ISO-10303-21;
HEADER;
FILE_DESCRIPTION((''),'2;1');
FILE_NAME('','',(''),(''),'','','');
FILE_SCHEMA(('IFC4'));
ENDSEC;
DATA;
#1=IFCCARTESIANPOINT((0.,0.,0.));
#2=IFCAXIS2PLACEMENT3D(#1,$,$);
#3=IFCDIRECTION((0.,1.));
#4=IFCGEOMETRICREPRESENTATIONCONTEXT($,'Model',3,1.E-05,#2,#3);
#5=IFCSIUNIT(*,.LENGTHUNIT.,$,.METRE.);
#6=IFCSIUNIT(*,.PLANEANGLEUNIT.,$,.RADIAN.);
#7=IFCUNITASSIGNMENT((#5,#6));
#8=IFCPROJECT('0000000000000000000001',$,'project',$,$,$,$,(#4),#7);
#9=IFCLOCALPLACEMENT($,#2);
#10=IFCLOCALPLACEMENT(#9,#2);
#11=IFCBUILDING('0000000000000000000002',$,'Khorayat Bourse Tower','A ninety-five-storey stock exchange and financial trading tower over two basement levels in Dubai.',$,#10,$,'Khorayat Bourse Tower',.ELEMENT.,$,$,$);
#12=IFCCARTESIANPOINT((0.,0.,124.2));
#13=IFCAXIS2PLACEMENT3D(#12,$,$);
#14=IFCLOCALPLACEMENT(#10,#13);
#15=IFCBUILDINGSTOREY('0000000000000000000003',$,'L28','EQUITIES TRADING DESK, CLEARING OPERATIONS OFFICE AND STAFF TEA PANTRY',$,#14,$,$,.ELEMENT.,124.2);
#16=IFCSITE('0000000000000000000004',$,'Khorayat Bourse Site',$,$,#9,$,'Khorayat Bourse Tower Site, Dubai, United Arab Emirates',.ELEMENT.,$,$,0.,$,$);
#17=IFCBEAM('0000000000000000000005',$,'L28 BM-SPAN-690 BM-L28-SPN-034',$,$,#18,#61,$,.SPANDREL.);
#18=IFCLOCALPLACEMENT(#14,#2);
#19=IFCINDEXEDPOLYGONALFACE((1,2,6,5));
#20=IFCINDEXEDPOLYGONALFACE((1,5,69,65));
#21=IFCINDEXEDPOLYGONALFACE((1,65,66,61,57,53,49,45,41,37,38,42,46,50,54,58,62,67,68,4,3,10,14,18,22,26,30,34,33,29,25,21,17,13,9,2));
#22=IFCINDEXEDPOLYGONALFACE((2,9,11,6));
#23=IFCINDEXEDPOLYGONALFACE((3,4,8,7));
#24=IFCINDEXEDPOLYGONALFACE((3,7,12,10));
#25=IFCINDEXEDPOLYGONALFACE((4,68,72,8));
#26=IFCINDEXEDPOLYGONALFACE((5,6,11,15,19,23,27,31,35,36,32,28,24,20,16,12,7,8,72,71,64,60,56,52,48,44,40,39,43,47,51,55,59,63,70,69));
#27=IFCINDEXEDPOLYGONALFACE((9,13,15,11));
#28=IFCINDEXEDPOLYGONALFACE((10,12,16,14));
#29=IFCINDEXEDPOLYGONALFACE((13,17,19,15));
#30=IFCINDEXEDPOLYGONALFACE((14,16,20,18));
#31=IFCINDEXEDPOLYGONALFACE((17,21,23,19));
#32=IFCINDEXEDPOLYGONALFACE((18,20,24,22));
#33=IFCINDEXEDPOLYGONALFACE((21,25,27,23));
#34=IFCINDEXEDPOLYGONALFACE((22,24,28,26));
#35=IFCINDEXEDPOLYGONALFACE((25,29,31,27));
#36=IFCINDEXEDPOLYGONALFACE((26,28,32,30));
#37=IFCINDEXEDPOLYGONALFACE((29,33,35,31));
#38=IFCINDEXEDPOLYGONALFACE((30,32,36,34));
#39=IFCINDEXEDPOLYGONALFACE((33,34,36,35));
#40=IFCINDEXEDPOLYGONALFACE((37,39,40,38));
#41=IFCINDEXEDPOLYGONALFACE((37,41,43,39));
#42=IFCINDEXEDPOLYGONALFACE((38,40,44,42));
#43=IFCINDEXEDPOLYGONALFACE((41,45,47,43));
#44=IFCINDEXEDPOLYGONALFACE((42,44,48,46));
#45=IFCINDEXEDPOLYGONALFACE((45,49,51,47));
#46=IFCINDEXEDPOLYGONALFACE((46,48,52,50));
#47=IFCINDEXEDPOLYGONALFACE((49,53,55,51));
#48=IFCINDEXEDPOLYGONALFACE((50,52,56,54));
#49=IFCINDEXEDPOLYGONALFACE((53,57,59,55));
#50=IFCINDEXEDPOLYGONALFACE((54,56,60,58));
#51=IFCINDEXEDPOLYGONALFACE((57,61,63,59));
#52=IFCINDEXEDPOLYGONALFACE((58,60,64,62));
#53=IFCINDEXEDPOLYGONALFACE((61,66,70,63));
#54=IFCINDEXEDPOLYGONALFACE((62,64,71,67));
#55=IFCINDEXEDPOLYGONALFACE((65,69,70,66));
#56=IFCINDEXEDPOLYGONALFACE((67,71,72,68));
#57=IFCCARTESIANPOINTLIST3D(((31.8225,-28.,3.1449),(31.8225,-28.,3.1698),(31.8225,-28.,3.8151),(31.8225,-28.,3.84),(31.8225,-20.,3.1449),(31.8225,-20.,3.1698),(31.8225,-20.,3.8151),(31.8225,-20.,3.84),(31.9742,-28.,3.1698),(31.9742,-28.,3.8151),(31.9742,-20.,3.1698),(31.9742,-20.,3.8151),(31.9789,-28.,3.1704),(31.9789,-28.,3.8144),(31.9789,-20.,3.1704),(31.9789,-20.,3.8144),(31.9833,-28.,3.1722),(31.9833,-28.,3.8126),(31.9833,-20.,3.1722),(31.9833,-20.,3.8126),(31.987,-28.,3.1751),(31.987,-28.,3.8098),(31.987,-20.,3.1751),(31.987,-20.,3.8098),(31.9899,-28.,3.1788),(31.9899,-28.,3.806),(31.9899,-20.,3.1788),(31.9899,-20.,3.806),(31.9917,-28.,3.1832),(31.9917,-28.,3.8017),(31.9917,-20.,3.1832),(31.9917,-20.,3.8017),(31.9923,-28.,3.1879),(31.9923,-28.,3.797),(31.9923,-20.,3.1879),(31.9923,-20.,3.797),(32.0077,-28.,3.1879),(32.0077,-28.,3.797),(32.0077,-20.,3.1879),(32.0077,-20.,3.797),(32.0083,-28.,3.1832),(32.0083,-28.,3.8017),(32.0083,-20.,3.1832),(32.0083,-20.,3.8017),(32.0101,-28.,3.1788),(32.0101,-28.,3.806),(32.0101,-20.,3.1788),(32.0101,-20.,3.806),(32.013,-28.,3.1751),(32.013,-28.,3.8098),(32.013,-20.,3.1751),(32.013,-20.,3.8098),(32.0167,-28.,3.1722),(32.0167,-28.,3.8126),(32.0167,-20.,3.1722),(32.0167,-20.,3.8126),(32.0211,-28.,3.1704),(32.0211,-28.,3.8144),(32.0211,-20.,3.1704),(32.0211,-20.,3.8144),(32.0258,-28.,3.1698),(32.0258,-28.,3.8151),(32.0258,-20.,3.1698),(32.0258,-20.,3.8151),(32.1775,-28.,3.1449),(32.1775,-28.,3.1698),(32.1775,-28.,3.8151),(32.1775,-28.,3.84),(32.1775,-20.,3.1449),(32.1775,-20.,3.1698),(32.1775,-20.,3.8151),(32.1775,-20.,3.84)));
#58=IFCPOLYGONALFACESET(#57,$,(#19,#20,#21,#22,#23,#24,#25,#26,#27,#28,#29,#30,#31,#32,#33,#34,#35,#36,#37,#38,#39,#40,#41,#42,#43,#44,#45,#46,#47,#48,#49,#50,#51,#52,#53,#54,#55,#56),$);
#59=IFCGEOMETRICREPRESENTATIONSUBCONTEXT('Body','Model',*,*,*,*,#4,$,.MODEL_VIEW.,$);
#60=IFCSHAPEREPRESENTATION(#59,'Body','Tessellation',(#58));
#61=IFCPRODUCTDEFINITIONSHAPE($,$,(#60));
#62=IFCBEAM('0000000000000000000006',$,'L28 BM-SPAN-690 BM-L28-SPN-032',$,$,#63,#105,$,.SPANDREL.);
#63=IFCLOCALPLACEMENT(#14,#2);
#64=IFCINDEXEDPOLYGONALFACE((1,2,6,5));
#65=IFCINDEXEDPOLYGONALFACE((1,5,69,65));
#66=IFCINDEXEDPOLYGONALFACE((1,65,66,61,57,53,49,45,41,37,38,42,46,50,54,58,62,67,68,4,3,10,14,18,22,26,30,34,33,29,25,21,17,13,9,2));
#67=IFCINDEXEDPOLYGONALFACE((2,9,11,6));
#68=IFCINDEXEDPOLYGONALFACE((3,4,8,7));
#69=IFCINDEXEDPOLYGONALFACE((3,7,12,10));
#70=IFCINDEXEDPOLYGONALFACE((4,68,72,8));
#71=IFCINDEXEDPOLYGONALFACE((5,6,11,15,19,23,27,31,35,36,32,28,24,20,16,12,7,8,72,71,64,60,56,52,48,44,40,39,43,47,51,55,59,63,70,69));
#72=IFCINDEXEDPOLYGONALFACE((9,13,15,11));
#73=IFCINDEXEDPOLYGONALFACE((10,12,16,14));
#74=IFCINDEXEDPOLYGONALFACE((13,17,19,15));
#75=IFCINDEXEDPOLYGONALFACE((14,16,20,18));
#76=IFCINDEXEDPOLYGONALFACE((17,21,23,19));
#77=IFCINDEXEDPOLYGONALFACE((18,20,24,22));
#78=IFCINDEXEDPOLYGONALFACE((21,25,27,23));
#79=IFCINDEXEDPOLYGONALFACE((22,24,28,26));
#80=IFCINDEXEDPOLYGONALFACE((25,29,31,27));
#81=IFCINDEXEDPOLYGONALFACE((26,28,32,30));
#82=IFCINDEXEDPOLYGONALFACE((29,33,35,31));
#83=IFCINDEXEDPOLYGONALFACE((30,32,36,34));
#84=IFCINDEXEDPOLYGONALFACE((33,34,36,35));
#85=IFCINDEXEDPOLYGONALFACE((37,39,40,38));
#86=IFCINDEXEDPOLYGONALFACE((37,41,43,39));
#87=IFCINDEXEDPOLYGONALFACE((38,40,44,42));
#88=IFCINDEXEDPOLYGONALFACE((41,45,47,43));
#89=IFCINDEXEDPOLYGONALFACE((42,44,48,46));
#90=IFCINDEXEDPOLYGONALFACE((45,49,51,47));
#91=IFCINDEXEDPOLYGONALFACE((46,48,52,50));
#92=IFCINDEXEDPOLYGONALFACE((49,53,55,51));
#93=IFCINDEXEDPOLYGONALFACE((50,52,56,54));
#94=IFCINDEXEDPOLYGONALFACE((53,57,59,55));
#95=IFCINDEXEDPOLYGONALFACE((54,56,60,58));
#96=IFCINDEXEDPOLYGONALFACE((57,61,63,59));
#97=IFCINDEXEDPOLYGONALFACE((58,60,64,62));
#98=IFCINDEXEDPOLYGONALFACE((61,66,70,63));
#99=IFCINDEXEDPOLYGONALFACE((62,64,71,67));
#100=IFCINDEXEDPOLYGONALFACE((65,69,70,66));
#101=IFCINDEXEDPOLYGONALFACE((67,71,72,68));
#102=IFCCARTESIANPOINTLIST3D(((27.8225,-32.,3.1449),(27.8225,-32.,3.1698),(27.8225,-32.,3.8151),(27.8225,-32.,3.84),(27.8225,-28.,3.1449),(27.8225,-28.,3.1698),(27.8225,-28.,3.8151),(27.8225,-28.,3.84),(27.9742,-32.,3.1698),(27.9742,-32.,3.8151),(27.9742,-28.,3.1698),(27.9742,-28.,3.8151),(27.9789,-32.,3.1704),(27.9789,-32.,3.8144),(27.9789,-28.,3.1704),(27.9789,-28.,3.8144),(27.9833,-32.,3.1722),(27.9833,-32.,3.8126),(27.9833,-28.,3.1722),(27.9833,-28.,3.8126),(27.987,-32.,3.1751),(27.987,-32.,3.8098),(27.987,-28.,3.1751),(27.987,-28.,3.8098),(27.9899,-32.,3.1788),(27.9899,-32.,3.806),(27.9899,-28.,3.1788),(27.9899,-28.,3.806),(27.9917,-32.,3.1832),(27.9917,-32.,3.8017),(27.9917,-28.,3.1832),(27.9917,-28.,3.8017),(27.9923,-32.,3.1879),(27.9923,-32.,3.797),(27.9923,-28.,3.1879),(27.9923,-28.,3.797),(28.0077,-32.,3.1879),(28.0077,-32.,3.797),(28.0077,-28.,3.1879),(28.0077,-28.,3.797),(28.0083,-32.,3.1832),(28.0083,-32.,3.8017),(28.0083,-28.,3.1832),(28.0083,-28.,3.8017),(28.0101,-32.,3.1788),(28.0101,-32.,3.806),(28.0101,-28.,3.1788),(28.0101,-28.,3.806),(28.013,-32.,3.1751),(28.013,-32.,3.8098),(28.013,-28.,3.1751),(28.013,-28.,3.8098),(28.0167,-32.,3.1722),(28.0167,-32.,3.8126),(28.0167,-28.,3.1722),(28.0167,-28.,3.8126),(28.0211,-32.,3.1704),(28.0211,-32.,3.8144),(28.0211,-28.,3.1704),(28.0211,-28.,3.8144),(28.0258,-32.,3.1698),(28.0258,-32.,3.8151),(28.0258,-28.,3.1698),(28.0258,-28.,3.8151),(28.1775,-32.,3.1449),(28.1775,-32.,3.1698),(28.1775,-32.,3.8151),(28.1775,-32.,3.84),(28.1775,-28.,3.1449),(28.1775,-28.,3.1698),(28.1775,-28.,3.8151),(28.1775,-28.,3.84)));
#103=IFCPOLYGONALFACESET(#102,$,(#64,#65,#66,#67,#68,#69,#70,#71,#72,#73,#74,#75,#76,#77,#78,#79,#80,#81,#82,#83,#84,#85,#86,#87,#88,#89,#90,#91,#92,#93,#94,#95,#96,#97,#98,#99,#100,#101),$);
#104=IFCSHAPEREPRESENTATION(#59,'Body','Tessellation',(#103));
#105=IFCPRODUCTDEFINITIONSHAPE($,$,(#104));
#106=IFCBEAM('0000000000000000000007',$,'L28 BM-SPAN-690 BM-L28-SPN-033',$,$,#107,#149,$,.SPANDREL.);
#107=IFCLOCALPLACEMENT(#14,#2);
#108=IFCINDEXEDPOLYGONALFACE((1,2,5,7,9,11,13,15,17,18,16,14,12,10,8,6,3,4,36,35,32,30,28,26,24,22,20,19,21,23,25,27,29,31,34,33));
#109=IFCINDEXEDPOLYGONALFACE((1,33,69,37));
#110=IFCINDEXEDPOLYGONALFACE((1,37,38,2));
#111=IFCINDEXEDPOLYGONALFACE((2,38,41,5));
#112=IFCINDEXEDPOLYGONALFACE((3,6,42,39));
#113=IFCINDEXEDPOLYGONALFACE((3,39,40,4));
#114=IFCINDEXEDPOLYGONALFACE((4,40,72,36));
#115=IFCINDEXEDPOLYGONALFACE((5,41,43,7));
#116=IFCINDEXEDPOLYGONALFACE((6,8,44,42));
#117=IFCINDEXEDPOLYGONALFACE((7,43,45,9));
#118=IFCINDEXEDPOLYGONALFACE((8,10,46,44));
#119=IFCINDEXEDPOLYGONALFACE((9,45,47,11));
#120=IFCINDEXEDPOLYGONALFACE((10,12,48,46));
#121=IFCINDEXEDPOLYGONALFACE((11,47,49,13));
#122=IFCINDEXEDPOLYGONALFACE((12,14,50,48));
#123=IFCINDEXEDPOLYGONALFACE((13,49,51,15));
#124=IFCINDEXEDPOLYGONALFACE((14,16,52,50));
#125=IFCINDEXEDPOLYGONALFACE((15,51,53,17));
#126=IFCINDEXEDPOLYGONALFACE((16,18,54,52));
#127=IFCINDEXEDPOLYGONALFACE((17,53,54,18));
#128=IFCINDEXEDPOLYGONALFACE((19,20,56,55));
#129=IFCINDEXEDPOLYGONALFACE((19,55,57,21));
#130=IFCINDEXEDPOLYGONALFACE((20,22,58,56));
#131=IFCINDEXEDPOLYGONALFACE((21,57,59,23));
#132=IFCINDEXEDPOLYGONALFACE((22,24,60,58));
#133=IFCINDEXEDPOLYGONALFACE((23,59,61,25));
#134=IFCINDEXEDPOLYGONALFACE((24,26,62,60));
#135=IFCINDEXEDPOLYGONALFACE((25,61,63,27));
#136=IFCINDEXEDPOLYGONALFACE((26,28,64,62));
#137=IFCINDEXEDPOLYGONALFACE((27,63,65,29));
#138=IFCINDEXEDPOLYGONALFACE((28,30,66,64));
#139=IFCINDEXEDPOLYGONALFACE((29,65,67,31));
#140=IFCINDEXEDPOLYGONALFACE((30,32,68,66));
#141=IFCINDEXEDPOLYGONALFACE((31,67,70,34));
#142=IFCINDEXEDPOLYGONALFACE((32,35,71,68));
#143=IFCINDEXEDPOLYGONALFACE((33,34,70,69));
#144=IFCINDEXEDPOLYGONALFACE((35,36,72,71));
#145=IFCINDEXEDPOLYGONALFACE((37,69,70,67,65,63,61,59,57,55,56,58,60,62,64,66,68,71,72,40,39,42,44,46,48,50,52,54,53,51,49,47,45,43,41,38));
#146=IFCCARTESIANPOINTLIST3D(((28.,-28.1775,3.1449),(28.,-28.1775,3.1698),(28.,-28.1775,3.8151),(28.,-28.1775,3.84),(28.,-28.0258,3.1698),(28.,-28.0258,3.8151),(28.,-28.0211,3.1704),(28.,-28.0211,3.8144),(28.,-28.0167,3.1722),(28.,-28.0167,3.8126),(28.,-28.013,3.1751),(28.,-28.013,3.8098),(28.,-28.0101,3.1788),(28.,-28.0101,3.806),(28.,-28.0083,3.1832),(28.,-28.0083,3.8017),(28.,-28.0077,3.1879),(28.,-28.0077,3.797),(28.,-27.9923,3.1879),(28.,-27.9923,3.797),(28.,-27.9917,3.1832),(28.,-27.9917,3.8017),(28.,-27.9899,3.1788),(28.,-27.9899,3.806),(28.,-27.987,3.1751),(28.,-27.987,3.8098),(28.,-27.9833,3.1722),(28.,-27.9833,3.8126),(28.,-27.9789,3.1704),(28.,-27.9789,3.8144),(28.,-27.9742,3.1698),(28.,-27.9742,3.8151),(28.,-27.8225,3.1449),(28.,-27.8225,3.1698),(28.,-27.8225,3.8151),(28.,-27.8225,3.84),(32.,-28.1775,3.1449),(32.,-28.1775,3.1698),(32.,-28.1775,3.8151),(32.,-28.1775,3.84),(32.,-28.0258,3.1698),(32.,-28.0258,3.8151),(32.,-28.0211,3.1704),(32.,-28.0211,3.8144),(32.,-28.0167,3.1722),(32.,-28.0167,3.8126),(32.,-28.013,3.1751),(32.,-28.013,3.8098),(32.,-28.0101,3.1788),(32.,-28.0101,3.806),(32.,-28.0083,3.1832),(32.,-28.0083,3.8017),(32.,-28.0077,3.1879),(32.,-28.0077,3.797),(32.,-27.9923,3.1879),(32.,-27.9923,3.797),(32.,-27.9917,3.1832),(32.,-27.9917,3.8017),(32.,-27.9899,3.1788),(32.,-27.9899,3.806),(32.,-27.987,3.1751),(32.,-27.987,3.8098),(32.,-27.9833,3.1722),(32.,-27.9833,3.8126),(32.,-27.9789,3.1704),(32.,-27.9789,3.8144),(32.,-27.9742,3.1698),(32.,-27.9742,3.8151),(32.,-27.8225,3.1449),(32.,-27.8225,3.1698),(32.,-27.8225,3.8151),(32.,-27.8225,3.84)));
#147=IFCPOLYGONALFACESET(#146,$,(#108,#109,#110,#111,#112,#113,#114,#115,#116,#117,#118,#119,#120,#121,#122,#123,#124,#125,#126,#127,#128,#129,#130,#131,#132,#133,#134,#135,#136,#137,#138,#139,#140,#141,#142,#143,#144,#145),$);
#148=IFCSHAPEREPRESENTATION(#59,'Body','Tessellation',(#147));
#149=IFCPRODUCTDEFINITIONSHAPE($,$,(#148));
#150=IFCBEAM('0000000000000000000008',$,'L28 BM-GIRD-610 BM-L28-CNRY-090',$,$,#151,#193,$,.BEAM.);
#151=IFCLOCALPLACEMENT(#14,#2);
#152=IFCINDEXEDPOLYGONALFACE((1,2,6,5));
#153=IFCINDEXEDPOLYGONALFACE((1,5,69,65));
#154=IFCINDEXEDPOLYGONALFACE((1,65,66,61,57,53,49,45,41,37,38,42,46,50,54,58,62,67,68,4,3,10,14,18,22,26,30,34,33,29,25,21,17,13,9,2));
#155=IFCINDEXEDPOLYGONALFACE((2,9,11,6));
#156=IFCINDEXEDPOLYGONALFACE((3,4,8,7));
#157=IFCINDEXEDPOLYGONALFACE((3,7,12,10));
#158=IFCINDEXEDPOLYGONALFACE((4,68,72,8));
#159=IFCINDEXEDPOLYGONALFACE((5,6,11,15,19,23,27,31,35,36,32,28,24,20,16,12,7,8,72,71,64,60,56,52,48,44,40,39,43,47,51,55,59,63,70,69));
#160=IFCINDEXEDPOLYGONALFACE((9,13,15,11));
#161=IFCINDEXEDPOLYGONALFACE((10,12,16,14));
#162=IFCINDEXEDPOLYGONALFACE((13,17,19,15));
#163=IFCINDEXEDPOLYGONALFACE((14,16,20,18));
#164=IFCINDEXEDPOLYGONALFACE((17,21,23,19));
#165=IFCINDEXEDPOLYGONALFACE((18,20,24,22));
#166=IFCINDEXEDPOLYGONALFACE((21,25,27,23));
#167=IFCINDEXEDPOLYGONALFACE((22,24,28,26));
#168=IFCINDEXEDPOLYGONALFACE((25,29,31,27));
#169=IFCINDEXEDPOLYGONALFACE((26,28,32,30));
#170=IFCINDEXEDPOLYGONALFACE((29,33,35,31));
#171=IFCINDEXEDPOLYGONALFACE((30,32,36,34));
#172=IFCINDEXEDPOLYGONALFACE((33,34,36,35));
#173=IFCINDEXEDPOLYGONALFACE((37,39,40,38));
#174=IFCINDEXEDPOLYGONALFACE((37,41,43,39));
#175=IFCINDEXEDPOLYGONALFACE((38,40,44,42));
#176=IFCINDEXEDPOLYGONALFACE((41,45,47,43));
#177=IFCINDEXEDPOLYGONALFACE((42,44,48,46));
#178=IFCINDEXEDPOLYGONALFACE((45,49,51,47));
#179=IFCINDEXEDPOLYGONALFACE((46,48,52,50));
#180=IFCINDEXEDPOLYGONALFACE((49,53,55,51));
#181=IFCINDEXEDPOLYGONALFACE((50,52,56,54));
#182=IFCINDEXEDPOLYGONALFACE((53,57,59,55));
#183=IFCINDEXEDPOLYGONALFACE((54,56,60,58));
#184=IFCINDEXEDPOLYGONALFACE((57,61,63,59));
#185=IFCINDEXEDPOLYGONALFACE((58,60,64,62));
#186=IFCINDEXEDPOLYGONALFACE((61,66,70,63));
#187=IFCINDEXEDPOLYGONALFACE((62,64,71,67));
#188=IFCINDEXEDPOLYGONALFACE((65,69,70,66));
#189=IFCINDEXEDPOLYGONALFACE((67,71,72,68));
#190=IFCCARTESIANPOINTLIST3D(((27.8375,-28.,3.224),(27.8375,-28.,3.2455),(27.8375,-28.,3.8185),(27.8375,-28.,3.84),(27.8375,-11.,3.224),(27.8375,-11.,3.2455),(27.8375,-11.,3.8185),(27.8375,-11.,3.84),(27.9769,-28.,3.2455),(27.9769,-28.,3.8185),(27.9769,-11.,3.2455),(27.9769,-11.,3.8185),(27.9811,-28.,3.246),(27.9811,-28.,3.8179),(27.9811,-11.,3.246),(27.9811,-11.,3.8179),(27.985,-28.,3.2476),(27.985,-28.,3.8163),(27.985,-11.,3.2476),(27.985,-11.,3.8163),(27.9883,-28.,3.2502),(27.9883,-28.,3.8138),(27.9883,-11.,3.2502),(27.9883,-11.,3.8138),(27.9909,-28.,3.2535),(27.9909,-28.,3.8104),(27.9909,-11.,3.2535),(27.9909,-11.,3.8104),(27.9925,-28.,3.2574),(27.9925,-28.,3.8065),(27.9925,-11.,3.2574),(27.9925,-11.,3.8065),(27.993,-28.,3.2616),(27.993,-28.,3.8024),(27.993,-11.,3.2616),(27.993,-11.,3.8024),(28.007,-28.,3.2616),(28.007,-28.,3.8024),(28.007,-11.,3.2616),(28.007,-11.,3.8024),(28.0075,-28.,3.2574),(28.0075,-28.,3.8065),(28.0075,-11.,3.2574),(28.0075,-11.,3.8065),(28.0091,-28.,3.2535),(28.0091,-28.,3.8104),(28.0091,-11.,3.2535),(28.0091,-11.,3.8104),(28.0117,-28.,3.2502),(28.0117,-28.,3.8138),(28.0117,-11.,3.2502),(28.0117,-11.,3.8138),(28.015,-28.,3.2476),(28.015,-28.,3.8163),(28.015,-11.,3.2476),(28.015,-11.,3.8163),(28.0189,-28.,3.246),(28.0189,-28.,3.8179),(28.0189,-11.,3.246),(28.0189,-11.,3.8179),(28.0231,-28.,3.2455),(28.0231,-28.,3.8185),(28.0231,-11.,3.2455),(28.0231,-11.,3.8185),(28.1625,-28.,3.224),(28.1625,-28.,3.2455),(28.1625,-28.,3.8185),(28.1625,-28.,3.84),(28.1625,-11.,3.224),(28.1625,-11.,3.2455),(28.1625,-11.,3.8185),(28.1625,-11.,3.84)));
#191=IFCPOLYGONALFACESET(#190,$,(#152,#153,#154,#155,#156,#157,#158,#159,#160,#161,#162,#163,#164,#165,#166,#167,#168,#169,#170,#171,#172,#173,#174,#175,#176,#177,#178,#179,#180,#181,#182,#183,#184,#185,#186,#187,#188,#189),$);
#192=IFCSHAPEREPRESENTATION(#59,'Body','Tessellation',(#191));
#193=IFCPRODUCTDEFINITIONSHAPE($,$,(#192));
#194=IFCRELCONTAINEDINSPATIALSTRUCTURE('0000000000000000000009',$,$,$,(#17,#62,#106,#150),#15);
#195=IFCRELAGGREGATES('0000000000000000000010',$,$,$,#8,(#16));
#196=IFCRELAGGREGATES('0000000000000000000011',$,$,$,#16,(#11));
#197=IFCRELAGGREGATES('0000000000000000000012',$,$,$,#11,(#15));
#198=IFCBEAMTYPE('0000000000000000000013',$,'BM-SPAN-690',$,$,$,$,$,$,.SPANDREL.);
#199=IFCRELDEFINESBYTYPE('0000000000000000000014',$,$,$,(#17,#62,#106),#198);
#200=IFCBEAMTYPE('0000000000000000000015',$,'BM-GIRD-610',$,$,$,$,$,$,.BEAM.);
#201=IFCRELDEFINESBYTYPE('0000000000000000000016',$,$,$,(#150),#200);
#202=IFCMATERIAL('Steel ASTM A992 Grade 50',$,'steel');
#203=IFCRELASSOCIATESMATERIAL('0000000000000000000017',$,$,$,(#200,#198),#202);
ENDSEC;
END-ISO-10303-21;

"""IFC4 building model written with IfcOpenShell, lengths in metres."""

from ifc_helpers import new_model, si_unit, direction, frame, origin, origin_2d, place, context, subcontext, project, spatial, i_section, extrude, source, transform, mapped, material, material_profile, profile_set, type_object, element, save


model = new_model("IFC4")

# Units and contexts
model_context = context("Model", 3, precision=1e-05, world=origin(), true_north=direction((0.0, 1.0)))
body_context = subcontext(model_context, "Body", "Model", "MODEL_VIEW")
ifc_project = project(units=[si_unit("LENGTHUNIT", "METRE"), si_unit("PLANEANGLEUNIT", "RADIAN")], contexts=[model_context])

# Site, building, storey
site_placement = place(None, origin())
site = spatial("IfcSite", under=ifc_project, at=site_placement, Name="Khorayat Bourse Site", LongName="Khorayat Bourse Tower Site, Dubai, United Arab Emirates", CompositionType="ELEMENT", RefElevation=0.0)
building_placement = place(site_placement, origin())
building = spatial("IfcBuilding", under=site, at=building_placement, Name="Khorayat Bourse Tower", Description="A ninety-five-storey stock exchange and financial trading tower over two basement levels in Dubai.", LongName="Khorayat Bourse Tower", CompositionType="ELEMENT")
storey_placement = place(building_placement, frame((0.0, 0.0, 124.2)))
storey = spatial("IfcBuildingStorey", under=building, at=storey_placement, Name="L28", Description="EQUITIES TRADING DESK, CLEARING OPERATIONS OFFICE AND STAFF TEA PANTRY", CompositionType="ELEMENT", Elevation=124.2)

# Beams
ifc_material_1 = material(Name="Steel ASTM A992 Grade 50", Category="steel")
ifc_material_profile_1 = material_profile(ifc_material_1, i_section(OverallWidth=0.325, OverallDepth=0.616, WebThickness=0.0139, FlangeThickness=0.0215, FilletRadius=0.0161, at=origin_2d()), Name="W610X174")
ifc_profile_set_1 = profile_set([ifc_material_profile_1], Name="Steel ASTM A992 Grade 50")
beam_type_1 = type_object("IfcBeamType", Name="BM-GIRD-610", PredefinedType="BEAM", material=ifc_profile_set_1)
ifc_material_profile_2 = material_profile(ifc_material_1, i_section(OverallWidth=0.355, OverallDepth=0.6951, WebThickness=0.0154, FlangeThickness=0.0249, FilletRadius=0.0181, at=origin_2d()), Name="W690X217")
ifc_profile_set_2 = profile_set([ifc_material_profile_2], Name="Steel ASTM A992 Grade 50")
beam_type_2 = type_object("IfcBeamType", Name="BM-SPAN-690", PredefinedType="SPANDREL", material=ifc_profile_set_2)
shared_shape_1 = source(origin(), body_context, "Body", "SweptSolid", [
    extrude(i_section(OverallWidth=0.355, OverallDepth=0.6951, WebThickness=0.0154, FlangeThickness=0.0249, FilletRadius=0.0181, at=origin_2d()), origin(), (0.0, 0.0, 1.0), 8.0),
])
for number, where, z_axis, x_axis, name in (
    (1, (32.0, -28.0, 3.4924), (0.0, 1.0, 0.0), (-1.0, 0.0, 0.0), "L28 BM-SPAN-690 BM-L28-SPN-034"),
):
    element("IfcBeam", number, at=place(storey_placement, frame(where, z_axis=z_axis, x_axis=x_axis)), inside=storey, type_object=beam_type_2, Name=name, PredefinedType="SPANDREL", context=body_context, shape_type="MappedRepresentation", body=[
        mapped(shared_shape_1, transform((0.0, 0.0, 0.0), scale=1.0)),
    ])
shared_shape_2 = source(origin(), body_context, "Body", "SweptSolid", [
    extrude(i_section(OverallWidth=0.355, OverallDepth=0.6951, WebThickness=0.0154, FlangeThickness=0.0249, FilletRadius=0.0181, at=origin_2d()), origin(), (0.0, 0.0, 1.0), 4.0),
])
for number, where, z_axis, x_axis, name in (
    (2, (28.0, -32.0, 3.4924), (0.0, 1.0, 0.0), (-1.0, 0.0, 0.0), "L28 BM-SPAN-690 BM-L28-SPN-032"),
    (3, (28.0, -28.0, 3.4924), (1.0, 0.0, 0.0), (0.0, 1.0, 0.0), "L28 BM-SPAN-690 BM-L28-SPN-033"),
):
    element("IfcBeam", number, at=place(storey_placement, frame(where, z_axis=z_axis, x_axis=x_axis)), inside=storey, type_object=beam_type_2, Name=name, PredefinedType="SPANDREL", context=body_context, shape_type="MappedRepresentation", body=[
        mapped(shared_shape_2, transform((0.0, 0.0, 0.0), scale=1.0)),
    ])
shared_shape_3 = source(origin(), body_context, "Body", "SweptSolid", [
    extrude(i_section(OverallWidth=0.325, OverallDepth=0.616, WebThickness=0.0139, FlangeThickness=0.0215, FilletRadius=0.0161, at=origin_2d()), origin(), (0.0, 0.0, 1.0), 17.0),
])
beam_1_placement = place(storey_placement, frame((28.0, -28.0, 3.532), z_axis=(0.0, 1.0, 0.0), x_axis=(-1.0, 0.0, 0.0)))
element("IfcBeam", 4, at=beam_1_placement, inside=storey, type_object=beam_type_1, Name="L28 BM-GIRD-610 BM-L28-CNRY-090", PredefinedType="BEAM", context=body_context, shape_type="MappedRepresentation", body=[
    mapped(shared_shape_3, transform((0.0, 0.0, 0.0), scale=1.0)),
])

save(model, "model.ifc")
